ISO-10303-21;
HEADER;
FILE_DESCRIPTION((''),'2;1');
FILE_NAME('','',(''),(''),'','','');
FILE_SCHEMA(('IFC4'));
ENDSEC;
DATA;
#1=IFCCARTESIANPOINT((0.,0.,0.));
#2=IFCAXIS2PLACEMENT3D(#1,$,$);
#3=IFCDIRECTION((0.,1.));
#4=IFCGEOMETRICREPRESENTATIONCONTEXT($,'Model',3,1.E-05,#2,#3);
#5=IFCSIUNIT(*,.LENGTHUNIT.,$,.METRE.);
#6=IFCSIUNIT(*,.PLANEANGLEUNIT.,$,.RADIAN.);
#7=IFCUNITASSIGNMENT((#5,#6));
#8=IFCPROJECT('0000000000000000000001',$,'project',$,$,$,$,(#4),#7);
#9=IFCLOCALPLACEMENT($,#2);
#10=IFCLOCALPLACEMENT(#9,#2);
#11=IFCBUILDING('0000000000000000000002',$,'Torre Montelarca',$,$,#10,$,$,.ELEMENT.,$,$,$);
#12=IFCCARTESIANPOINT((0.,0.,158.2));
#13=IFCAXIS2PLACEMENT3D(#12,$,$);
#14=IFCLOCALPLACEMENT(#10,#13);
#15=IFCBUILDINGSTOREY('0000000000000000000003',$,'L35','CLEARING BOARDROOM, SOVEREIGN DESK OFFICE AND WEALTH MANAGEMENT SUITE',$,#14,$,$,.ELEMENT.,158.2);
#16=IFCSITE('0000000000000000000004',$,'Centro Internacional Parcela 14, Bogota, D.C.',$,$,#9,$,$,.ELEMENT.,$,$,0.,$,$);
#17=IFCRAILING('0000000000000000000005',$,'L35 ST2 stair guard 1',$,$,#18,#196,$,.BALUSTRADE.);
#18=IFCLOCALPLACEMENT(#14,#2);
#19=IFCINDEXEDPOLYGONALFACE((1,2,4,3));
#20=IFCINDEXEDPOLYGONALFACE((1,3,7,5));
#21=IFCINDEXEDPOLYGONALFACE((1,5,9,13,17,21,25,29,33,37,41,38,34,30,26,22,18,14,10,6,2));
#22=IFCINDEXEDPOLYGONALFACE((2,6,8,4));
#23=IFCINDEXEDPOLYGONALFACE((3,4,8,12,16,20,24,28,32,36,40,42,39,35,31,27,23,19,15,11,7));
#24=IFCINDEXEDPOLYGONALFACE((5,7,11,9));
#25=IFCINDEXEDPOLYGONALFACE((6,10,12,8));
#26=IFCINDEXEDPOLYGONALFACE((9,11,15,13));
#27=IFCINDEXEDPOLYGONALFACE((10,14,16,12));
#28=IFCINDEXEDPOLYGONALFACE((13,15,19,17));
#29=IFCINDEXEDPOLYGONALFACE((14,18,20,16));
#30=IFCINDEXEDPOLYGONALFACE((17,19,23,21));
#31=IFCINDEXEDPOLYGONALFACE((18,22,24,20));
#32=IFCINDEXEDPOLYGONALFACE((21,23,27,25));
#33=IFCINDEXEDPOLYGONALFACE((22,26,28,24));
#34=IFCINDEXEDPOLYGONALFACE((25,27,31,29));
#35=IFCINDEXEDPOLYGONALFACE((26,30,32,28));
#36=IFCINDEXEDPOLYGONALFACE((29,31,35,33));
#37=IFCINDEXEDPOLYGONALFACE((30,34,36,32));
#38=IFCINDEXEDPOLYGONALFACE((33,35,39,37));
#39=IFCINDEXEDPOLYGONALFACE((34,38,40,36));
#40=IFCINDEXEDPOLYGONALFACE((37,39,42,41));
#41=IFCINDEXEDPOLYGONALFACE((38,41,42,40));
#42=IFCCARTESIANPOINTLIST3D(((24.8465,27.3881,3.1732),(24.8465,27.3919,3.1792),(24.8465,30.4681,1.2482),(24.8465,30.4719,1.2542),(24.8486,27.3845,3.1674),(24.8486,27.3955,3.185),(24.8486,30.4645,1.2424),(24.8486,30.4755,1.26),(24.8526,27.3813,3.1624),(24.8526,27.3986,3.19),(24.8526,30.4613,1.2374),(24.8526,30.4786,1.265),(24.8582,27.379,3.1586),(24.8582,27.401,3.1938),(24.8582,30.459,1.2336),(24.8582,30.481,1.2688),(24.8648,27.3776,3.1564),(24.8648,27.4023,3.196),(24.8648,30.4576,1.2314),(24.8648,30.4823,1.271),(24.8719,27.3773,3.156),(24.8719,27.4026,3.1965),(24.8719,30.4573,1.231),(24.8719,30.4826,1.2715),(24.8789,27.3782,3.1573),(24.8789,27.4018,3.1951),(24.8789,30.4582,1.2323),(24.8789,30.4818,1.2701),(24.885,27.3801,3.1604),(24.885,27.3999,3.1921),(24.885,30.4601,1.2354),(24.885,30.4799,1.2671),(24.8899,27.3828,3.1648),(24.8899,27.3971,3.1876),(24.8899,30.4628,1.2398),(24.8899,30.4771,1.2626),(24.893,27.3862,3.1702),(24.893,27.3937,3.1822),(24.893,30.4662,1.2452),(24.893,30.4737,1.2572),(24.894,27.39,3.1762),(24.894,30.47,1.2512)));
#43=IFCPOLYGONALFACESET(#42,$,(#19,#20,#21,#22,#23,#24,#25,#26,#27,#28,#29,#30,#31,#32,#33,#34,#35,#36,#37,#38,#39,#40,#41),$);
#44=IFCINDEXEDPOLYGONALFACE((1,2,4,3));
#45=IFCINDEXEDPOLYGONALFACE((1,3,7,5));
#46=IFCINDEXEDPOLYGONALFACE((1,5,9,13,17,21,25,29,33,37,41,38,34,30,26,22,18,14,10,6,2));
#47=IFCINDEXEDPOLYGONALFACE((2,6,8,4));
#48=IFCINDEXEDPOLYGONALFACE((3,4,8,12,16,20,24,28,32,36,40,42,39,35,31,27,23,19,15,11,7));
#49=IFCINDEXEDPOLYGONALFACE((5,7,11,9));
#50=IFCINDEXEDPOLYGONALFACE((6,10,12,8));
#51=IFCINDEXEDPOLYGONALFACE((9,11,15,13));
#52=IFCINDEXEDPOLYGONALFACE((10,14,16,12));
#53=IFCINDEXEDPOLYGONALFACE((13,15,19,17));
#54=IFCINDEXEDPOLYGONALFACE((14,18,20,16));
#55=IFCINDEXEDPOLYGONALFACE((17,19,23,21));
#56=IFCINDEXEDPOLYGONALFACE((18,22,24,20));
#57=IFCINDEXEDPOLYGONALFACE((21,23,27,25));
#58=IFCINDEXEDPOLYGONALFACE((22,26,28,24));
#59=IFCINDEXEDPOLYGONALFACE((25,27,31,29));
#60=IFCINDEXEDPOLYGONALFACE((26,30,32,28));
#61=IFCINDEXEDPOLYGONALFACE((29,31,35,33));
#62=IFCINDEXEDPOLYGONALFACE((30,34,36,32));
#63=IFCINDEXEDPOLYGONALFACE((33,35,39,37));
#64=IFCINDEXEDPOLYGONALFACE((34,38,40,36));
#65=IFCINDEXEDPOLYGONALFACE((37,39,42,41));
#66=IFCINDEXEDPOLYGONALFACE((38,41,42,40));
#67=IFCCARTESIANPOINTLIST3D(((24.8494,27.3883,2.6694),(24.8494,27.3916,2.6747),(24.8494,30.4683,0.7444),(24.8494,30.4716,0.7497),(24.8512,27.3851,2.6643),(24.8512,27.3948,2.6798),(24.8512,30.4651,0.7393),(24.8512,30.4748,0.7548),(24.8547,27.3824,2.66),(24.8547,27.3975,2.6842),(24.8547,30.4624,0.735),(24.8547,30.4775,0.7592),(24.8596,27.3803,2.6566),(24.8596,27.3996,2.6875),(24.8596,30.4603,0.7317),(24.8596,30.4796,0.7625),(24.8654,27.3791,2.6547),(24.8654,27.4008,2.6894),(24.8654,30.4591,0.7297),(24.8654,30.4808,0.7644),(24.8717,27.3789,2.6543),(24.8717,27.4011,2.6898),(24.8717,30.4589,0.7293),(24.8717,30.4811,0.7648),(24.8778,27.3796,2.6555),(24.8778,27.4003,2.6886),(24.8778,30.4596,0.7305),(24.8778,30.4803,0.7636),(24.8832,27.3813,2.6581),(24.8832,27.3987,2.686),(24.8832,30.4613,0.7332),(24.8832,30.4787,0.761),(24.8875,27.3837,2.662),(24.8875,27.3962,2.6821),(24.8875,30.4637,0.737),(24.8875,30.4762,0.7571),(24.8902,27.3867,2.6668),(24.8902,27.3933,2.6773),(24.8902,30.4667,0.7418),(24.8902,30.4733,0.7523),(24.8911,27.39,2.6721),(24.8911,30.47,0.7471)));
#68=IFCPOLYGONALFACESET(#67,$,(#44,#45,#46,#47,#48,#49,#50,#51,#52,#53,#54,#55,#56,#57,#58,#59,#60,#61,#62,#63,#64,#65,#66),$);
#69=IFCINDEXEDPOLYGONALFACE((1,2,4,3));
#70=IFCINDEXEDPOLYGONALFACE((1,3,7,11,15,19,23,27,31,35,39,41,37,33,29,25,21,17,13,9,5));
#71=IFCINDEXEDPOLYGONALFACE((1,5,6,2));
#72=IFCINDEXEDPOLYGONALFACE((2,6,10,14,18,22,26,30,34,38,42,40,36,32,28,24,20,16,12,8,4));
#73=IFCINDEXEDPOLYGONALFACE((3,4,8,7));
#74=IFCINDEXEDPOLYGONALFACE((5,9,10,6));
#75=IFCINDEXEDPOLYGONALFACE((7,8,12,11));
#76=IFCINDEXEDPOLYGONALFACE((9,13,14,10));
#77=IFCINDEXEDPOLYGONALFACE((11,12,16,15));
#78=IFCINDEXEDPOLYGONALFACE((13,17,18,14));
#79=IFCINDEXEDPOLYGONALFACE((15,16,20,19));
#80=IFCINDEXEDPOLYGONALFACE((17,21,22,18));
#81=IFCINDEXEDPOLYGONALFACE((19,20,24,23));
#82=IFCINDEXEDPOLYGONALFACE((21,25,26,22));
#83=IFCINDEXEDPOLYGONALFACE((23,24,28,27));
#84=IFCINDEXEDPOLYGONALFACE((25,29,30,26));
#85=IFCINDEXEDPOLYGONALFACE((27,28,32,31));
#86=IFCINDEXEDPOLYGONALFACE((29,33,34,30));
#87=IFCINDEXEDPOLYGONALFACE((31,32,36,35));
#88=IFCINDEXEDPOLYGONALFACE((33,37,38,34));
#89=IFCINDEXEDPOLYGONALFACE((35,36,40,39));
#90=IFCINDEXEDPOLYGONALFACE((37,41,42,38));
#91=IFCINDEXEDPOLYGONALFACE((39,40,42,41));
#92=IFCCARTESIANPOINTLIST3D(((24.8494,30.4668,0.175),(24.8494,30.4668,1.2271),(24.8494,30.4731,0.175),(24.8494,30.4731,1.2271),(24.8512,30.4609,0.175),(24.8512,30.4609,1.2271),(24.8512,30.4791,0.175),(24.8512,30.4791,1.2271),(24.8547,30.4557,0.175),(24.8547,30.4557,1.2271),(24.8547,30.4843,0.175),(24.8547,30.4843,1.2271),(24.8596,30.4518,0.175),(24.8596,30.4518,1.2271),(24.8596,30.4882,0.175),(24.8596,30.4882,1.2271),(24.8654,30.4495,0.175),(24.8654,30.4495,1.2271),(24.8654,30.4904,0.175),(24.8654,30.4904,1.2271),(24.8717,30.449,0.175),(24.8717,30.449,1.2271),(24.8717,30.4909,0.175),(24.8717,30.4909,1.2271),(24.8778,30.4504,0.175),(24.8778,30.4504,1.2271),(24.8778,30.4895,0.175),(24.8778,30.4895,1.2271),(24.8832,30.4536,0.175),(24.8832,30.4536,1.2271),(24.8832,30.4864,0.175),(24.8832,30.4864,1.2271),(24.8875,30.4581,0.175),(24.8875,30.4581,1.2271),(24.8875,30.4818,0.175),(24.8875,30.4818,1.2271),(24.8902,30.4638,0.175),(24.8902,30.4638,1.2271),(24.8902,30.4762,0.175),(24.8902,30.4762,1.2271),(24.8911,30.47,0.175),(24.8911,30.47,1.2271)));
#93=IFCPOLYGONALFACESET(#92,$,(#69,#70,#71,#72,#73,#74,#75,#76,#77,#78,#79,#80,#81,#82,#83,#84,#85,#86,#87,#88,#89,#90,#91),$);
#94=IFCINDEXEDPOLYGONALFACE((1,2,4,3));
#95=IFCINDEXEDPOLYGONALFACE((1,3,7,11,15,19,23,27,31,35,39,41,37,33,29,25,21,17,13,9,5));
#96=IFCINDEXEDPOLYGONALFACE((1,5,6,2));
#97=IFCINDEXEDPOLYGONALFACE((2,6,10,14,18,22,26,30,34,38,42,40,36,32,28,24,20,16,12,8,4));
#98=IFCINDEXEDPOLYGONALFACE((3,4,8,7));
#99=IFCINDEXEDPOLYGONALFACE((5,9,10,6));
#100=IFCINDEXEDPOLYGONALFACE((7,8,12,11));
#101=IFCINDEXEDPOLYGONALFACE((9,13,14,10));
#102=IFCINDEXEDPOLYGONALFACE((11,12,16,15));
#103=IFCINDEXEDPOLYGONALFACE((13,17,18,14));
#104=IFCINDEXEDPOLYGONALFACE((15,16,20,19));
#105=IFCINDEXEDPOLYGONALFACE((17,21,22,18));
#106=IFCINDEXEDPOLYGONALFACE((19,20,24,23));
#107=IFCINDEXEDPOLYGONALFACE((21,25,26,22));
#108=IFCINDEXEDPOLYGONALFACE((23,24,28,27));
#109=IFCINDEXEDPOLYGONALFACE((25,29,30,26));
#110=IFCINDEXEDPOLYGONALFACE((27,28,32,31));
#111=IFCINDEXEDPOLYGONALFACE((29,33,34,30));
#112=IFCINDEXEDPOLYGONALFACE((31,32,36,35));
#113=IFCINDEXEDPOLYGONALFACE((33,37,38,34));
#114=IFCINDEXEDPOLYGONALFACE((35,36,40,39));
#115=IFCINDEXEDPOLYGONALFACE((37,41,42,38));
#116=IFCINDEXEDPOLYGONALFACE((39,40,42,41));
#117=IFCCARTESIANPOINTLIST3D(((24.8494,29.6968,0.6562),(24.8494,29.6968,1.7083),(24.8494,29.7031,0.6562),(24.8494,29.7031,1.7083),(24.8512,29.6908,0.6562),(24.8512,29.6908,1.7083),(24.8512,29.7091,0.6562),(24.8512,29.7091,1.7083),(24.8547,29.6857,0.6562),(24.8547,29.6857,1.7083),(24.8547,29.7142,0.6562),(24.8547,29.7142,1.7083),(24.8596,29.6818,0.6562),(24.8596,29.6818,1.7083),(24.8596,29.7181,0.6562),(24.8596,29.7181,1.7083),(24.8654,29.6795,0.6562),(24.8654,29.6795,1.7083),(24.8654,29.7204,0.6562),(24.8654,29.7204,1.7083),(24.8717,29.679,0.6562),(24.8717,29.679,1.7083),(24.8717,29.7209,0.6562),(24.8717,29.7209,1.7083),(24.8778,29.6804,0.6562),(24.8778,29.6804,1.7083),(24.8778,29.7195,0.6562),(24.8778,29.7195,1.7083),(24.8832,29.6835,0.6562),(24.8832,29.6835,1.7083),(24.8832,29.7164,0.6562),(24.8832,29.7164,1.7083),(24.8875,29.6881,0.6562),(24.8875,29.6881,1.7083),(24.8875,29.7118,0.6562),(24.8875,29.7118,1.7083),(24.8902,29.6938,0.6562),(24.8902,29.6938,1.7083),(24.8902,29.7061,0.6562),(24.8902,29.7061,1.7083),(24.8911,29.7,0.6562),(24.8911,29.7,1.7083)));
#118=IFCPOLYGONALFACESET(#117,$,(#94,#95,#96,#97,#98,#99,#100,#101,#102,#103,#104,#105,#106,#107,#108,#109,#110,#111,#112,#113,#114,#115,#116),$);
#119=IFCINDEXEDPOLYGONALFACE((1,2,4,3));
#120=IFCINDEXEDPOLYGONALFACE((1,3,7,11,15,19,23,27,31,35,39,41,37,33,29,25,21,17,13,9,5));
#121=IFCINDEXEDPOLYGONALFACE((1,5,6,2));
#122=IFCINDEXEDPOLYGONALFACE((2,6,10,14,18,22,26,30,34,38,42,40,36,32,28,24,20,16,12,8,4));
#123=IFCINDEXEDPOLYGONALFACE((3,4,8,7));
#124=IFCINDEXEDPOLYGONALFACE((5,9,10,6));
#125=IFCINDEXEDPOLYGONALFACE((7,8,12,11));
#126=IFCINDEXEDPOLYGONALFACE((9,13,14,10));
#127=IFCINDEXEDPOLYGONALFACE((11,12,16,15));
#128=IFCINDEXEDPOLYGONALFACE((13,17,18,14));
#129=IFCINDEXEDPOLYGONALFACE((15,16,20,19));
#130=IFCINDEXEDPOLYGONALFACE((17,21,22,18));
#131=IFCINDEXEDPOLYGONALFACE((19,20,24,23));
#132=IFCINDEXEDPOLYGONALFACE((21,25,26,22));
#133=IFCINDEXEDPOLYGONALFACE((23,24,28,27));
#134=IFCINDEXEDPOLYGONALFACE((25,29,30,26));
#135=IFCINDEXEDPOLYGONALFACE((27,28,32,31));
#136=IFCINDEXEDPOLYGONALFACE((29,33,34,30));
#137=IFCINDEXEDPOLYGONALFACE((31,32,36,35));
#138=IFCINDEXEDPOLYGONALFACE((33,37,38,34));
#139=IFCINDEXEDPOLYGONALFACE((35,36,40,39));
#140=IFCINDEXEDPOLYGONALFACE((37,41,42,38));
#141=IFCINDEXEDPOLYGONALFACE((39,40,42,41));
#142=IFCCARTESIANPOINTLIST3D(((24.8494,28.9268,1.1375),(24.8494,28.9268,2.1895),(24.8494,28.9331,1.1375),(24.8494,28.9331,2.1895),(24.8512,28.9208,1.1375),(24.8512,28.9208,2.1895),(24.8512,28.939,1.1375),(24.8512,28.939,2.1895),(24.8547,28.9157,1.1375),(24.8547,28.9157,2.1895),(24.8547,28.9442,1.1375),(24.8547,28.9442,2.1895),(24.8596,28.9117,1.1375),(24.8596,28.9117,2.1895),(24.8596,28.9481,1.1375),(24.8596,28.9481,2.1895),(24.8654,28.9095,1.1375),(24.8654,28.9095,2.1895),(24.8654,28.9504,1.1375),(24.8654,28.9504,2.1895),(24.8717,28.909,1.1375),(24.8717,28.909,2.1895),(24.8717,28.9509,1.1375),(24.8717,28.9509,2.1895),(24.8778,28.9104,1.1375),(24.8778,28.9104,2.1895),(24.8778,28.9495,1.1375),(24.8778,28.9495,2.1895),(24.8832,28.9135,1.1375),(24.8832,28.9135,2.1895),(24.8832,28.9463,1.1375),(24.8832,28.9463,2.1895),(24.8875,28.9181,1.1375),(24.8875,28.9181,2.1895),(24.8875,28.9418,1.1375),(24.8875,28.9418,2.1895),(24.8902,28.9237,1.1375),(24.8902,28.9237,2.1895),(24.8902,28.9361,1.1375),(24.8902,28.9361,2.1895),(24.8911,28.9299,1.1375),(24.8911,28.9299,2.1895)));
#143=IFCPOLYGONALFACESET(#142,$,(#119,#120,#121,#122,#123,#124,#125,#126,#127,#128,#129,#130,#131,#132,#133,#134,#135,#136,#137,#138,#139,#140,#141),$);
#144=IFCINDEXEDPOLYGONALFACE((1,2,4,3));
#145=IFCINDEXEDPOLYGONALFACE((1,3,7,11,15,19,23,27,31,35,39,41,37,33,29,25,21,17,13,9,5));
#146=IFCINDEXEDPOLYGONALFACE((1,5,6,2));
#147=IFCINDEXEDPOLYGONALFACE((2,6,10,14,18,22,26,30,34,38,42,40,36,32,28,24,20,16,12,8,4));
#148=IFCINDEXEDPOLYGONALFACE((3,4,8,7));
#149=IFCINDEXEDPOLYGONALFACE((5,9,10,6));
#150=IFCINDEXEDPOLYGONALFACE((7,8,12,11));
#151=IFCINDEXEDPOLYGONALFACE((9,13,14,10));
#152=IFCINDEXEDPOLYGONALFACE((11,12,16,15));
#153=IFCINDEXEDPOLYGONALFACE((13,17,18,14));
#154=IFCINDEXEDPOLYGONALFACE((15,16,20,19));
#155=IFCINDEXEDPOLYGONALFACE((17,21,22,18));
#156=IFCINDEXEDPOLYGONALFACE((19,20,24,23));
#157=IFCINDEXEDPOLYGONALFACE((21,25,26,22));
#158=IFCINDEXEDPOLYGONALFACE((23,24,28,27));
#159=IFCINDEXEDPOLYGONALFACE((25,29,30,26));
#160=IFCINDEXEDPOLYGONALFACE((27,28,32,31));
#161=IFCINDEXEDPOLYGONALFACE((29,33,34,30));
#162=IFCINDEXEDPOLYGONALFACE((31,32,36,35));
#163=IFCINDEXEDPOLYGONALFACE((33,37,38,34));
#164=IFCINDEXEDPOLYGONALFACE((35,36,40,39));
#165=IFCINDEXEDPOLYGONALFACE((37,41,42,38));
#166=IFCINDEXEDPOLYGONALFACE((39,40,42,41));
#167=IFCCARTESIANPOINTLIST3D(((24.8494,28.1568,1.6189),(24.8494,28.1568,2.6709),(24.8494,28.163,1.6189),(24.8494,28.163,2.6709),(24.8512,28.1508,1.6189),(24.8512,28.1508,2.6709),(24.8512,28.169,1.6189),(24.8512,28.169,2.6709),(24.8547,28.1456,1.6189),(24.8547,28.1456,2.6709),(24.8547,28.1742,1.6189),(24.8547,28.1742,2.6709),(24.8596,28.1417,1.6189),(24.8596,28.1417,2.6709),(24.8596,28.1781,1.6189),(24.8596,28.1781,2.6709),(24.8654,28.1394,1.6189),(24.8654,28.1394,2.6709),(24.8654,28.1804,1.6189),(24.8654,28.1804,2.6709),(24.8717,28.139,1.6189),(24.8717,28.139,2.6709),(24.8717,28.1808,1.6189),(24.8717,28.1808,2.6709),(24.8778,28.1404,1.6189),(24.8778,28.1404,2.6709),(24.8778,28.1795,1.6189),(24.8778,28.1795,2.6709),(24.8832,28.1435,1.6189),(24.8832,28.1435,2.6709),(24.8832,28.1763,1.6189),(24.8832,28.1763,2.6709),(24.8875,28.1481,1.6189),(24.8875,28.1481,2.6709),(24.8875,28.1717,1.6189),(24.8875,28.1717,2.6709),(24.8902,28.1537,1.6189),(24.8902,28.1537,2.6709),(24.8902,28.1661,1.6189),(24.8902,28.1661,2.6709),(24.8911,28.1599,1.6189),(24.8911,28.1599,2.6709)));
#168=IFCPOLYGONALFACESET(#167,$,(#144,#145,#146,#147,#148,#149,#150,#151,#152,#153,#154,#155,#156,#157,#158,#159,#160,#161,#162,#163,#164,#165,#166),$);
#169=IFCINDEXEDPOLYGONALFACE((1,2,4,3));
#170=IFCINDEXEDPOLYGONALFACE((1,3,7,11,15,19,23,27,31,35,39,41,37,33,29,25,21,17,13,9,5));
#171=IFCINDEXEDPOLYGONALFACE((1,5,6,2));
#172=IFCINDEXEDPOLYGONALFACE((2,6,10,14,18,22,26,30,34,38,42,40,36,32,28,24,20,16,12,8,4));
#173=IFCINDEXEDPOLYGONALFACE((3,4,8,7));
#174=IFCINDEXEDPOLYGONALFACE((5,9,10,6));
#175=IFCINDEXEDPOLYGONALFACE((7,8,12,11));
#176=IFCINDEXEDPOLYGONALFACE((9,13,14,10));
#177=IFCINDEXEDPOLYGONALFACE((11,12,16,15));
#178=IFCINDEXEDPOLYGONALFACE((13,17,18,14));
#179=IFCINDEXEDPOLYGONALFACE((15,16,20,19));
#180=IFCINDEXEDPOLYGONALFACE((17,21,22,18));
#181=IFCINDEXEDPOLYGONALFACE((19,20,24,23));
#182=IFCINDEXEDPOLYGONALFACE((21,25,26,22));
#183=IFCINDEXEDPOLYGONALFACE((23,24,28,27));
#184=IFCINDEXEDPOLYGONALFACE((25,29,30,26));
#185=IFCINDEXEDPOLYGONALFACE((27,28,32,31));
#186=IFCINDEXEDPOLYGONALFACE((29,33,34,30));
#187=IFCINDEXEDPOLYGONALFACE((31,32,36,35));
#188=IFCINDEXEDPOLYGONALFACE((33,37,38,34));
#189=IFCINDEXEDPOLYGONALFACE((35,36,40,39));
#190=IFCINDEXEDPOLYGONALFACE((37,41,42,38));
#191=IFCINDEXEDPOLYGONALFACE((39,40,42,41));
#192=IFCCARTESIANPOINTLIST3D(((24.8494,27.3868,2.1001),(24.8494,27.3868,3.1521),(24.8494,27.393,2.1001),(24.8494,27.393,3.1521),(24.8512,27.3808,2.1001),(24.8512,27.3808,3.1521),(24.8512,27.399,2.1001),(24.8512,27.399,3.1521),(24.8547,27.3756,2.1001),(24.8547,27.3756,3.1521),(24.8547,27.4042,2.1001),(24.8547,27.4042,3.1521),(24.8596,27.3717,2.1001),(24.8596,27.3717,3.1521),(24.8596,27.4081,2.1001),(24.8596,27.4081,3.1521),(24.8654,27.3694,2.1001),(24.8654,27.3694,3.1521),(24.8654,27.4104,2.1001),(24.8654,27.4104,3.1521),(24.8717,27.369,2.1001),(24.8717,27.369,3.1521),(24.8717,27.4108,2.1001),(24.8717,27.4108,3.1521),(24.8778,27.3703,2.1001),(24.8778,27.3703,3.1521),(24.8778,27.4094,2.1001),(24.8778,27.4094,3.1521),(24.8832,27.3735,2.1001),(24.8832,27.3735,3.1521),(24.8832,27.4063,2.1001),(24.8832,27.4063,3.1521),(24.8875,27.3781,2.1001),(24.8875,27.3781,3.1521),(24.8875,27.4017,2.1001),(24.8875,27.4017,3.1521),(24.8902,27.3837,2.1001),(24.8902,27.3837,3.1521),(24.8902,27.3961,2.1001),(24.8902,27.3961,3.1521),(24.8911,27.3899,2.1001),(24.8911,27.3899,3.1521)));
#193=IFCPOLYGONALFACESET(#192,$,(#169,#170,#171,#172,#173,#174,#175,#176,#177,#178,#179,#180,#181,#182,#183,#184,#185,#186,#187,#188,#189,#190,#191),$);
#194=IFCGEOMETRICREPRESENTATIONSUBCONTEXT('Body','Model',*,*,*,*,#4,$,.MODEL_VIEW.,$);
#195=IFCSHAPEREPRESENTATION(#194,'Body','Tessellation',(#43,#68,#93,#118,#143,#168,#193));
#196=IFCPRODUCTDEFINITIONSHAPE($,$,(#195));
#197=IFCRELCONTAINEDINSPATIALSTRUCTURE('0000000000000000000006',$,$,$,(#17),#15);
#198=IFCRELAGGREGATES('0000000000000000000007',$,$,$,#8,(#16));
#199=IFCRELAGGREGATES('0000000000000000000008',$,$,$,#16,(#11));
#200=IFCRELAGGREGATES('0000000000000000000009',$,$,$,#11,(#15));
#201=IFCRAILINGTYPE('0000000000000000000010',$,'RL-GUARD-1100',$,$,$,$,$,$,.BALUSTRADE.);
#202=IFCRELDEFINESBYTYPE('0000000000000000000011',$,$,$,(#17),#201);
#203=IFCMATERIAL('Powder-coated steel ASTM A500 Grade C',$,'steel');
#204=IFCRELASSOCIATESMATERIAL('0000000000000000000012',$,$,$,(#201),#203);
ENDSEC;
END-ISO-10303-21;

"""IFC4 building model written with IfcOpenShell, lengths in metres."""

from ifc_helpers import new_model, si_unit, direction, frame, origin, origin_2d, place, context, subcontext, project, spatial, circle, extrude, material, type_object, element, save


model = new_model("IFC4")

# Units and contexts
model_context = context("Model", 3, precision=1e-05, world=origin(), true_north=direction((0.0, 1.0)))
body_context = subcontext(model_context, "Body", "Model", "MODEL_VIEW")
ifc_project = project(units=[si_unit("LENGTHUNIT", "METRE"), si_unit("PLANEANGLEUNIT", "RADIAN")], contexts=[model_context])

# Site, building, storey
site_placement = place(None, origin())
site = spatial("IfcSite", under=ifc_project, at=site_placement, Name="Centro Internacional Parcela 14, Bogota, D.C.", CompositionType="ELEMENT", RefElevation=0.0)
building_placement = place(site_placement, origin())
building = spatial("IfcBuilding", under=site, at=building_placement, Name="Torre Montelarca", CompositionType="ELEMENT")
storey_placement = place(building_placement, frame((0.0, 0.0, 158.2)))
storey = spatial("IfcBuildingStorey", under=building, at=storey_placement, Name="L35", Description="CLEARING BOARDROOM, SOVEREIGN DESK OFFICE AND WEALTH MANAGEMENT SUITE", CompositionType="ELEMENT", Elevation=158.2)

# Railing
ifc_material_1 = material(Name="Powder-coated steel ASTM A500 Grade C", Category="steel")
railing_type = type_object("IfcRailingType", Name="RL-GUARD-1100", PredefinedType="BALUSTRADE", material=ifc_material_1)
railing_1_placement = place(storey_placement, frame((24.8701, 30.47, 0.175)))
element("IfcRailing", 1, at=railing_1_placement, inside=storey, type_object=railing_type, Name="L35 ST2 stair guard 1", PredefinedType="BALUSTRADE", context=body_context, shape_type="SweptSolid", body=[
    extrude(circle(Radius=0.0239, at=origin_2d()), frame((0.0, 0.0, 1.0762), z_axis=(0.0, -0.847998, 0.529999), x_axis=(1.0, 0.0, 0.0)), (0.0, 0.0, 1.0), 3.6321),
    extrude(circle(Radius=0.021, at=origin_2d()), frame((0.0, 0.0, 0.572), z_axis=(0.0, -0.847998, 0.529999), x_axis=(1.0, 0.0, 0.0)), (0.0, 0.0, 1.0), 3.6321),
    extrude(circle(Radius=0.021, at=origin_2d()), origin(), (0.0, 0.0, 1.0), 1.052),
    extrude(circle(Radius=0.021, at=origin_2d()), frame((0.0, -0.77, 0.4812)), (0.0, 0.0, 1.0), 1.052),
    extrude(circle(Radius=0.021, at=origin_2d()), frame((0.0, -1.54, 0.9624)), (0.0, 0.0, 1.0), 1.052),
    extrude(circle(Radius=0.021, at=origin_2d()), frame((0.0, -2.3101, 1.4438)), (0.0, 0.0, 1.0), 1.052),
    extrude(circle(Radius=0.021, at=origin_2d()), frame((0.0, -3.0801, 1.925)), (0.0, 0.0, 1.0), 1.052),
])

save(model, "model.ifc")
